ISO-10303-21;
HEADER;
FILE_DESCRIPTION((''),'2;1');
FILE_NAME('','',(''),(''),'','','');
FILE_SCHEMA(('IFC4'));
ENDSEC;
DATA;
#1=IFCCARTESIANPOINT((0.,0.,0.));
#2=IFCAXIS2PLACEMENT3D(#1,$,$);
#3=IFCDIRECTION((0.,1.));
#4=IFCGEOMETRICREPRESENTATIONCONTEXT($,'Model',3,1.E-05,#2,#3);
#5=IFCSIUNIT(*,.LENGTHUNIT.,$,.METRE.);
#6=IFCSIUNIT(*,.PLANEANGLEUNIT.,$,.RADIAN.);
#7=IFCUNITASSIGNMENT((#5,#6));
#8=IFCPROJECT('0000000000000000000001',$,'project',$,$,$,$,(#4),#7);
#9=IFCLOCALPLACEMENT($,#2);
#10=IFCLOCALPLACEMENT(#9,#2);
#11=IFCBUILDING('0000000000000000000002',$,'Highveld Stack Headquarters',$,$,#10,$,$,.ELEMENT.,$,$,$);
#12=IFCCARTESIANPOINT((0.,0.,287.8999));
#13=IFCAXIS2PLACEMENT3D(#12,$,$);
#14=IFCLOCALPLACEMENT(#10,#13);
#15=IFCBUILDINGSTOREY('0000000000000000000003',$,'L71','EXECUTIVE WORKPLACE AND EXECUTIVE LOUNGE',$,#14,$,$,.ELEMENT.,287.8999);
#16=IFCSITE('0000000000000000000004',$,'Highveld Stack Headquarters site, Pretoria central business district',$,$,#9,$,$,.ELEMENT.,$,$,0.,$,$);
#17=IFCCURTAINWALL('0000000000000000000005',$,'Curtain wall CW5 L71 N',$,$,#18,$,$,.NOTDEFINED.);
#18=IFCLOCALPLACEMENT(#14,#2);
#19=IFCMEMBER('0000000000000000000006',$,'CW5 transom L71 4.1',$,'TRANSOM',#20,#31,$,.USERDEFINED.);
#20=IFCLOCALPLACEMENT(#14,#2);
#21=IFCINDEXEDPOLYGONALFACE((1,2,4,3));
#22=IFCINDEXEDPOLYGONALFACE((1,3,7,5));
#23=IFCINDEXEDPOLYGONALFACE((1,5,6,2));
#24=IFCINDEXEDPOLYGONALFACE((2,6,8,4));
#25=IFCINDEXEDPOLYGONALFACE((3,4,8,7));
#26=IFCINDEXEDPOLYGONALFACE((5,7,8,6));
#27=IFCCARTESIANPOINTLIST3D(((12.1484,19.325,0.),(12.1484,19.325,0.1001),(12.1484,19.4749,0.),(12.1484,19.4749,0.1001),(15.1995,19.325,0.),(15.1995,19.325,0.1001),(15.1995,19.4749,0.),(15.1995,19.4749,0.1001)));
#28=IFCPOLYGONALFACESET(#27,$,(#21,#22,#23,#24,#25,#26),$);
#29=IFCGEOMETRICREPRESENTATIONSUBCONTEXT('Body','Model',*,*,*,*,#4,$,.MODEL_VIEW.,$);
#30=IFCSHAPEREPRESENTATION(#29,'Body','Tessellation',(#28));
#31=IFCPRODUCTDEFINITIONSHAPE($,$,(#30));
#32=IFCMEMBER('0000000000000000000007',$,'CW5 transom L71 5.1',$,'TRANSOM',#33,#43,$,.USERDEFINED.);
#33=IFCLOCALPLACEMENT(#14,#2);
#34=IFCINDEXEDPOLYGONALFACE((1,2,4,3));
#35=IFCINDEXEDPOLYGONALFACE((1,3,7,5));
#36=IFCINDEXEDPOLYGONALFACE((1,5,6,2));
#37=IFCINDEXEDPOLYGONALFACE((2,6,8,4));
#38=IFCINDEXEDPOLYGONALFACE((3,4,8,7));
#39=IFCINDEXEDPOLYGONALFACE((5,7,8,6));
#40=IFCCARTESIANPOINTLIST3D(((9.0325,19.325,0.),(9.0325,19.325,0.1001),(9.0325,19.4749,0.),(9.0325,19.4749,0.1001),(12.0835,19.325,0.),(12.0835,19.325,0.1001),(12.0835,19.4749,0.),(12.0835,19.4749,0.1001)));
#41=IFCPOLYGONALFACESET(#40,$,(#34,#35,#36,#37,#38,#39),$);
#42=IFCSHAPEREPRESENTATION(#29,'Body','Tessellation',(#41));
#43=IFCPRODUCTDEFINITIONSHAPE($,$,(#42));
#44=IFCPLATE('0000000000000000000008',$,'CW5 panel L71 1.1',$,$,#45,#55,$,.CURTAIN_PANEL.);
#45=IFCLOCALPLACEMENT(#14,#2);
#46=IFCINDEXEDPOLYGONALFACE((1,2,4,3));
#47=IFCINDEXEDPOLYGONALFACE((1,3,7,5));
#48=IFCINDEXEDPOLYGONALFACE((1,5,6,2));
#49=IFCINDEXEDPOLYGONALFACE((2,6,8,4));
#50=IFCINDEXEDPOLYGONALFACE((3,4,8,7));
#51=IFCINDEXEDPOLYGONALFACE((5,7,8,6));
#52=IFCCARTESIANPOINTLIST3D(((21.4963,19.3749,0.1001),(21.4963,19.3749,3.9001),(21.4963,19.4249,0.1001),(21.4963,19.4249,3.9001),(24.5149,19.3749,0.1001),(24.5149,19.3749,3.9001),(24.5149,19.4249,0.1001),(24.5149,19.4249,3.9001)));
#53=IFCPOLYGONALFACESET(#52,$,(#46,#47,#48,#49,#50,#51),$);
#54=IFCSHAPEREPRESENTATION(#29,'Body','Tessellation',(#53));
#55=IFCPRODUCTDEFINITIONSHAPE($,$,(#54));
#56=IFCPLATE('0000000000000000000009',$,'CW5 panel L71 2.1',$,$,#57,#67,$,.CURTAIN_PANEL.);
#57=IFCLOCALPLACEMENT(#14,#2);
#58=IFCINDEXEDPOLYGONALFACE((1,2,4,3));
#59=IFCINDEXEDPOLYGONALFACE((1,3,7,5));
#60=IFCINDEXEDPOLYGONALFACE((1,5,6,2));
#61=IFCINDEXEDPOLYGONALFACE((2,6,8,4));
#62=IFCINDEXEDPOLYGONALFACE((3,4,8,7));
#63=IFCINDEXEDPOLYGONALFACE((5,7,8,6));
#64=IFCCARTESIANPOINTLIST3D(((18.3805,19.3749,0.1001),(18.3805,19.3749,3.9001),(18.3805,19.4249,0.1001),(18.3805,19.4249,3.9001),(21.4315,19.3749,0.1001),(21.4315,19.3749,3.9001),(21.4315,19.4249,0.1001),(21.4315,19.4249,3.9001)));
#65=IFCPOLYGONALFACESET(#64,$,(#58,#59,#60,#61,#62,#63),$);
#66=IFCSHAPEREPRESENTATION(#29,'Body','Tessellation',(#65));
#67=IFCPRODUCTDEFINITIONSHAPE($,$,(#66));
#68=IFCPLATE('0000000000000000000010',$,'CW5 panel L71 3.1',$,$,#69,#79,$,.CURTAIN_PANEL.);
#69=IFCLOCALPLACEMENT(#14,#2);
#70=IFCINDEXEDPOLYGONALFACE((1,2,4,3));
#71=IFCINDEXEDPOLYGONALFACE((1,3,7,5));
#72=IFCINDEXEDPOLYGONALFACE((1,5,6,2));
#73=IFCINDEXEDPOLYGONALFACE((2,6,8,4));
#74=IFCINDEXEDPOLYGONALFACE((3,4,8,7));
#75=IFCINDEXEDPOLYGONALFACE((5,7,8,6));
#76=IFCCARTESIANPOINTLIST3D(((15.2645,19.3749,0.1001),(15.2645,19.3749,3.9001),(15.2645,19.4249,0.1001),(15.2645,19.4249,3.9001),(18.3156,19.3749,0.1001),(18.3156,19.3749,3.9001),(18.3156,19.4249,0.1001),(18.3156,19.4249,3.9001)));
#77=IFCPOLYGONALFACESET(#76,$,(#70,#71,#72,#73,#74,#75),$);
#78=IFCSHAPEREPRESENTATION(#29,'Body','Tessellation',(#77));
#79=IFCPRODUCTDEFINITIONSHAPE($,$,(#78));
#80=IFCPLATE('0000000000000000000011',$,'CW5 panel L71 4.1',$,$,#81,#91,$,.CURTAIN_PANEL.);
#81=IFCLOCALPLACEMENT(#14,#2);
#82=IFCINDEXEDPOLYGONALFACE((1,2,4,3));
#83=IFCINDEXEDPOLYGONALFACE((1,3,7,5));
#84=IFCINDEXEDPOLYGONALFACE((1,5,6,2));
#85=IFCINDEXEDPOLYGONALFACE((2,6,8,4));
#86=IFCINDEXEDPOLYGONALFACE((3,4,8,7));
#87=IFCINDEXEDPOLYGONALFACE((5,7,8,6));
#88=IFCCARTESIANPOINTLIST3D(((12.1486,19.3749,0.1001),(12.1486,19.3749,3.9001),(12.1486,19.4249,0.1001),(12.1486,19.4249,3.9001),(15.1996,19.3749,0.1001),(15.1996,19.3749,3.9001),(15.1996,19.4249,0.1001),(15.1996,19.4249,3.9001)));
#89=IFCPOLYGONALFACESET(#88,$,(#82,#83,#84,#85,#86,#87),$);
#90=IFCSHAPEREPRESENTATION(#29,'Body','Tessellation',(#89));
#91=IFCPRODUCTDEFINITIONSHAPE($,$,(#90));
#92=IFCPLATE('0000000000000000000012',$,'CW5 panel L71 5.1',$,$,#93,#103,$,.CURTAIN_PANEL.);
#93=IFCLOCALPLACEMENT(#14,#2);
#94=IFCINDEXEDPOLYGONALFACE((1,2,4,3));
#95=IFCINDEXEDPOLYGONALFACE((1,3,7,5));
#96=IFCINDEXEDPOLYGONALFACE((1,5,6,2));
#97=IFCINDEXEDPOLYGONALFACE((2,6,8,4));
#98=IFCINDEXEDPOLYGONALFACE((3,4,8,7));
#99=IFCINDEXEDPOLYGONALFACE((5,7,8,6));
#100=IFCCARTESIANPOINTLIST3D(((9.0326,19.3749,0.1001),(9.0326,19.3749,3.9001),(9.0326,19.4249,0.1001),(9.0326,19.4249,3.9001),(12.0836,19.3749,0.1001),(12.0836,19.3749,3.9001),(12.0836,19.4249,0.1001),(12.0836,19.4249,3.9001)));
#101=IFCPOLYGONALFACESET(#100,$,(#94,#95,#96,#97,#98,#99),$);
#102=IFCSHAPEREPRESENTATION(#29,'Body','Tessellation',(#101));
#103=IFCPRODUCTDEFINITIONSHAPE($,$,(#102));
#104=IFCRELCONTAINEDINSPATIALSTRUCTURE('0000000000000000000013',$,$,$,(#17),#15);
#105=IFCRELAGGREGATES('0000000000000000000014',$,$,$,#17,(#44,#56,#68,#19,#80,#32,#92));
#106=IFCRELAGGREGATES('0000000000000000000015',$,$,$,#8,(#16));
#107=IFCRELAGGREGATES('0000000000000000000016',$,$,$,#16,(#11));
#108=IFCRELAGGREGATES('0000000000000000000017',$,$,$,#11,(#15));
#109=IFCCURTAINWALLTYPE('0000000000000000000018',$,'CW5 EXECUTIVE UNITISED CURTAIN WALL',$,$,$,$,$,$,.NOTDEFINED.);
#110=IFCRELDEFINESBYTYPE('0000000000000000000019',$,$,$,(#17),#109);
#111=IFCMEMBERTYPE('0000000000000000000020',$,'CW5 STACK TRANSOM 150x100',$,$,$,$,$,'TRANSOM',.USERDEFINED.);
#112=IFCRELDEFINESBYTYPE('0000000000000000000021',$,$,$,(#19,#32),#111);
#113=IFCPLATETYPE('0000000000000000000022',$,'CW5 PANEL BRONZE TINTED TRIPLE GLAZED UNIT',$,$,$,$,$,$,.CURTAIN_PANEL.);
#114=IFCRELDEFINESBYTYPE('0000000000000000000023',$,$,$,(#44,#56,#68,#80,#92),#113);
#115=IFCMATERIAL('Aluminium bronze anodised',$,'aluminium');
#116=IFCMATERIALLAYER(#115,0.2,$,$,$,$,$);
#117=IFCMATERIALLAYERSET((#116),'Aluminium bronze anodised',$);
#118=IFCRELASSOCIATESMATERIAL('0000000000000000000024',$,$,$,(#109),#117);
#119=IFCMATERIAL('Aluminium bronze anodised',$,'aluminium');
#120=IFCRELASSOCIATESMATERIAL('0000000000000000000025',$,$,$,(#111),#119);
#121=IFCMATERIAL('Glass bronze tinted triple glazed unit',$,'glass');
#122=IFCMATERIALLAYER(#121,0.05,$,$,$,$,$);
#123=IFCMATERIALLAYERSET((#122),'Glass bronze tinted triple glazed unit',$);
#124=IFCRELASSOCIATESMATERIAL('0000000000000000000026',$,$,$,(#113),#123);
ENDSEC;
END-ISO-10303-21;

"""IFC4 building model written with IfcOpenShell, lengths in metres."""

from ifc_helpers import new_model, si_unit, direction, frame, origin, origin_2d, place, context, subcontext, project, spatial, rectangle, extrude, material, layer, layer_set, material_profile, profile_set, type_object, element, aggregate, save


model = new_model("IFC4")

# Units and contexts
model_context = context("Model", 3, precision=1e-05, world=origin(), true_north=direction((0.0, 1.0)))
body_context = subcontext(model_context, "Body", "Model", "MODEL_VIEW")
ifc_project = project(units=[si_unit("LENGTHUNIT", "METRE"), si_unit("PLANEANGLEUNIT", "RADIAN")], contexts=[model_context])

# Site, building, storey
site_placement = place(None, origin())
site = spatial("IfcSite", under=ifc_project, at=site_placement, Name="Highveld Stack Headquarters site, Pretoria central business district", CompositionType="ELEMENT", RefElevation=0.0)
building_placement = place(site_placement, origin())
building = spatial("IfcBuilding", under=site, at=building_placement, Name="Highveld Stack Headquarters", CompositionType="ELEMENT")
storey_placement = place(building_placement, frame((0.0, 0.0, 287.8999)))
storey = spatial("IfcBuildingStorey", under=building, at=storey_placement, Name="L71", Description="EXECUTIVE WORKPLACE AND EXECUTIVE LOUNGE", CompositionType="ELEMENT", Elevation=287.8999)

# Curtain wall, members, plates
ifc_material_1 = material(Name="Aluminium bronze anodised", Category="aluminium")
ifc_layer_1 = layer(ifc_material_1, 0.2)
ifc_layer_set_1 = layer_set([ifc_layer_1], Name="Aluminium bronze anodised")
curtain_wall_type = type_object("IfcCurtainWallType", Name="CW5 EXECUTIVE UNITISED CURTAIN WALL", PredefinedType="NOTDEFINED", material=ifc_layer_set_1)
curtain_wall_placement = place(storey_placement, origin())
curtain_wall = element("IfcCurtainWall", 1, at=curtain_wall_placement, inside=storey, type_object=curtain_wall_type, Name="Curtain wall CW5 L71 N", PredefinedType="NOTDEFINED")
ifc_material_2 = material(Name="Aluminium bronze anodised", Category="aluminium")
ifc_material_profile_1 = material_profile(ifc_material_2, rectangle(XDim=0.1499, YDim=0.1001, at=origin_2d()), Name="CW5 TRANSOM 150x100")
ifc_profile_set_1 = profile_set([ifc_material_profile_1], Name="Aluminium bronze anodised")
member_type_1 = type_object("IfcMemberType", Name="CW5 STACK TRANSOM 150x100", ElementType="TRANSOM", PredefinedType="USERDEFINED", material=ifc_profile_set_1)
member_1_placement = place(storey_placement, frame((15.1995, 19.3999, 0.05), z_axis=(-1.0, 0.0, 0.0), x_axis=(0.0, -1.0, 0.0)))
member_1 = element("IfcMember", 2, at=member_1_placement, type_object=member_type_1, Name="CW5 transom L71 4.1", ObjectType="TRANSOM", PredefinedType="USERDEFINED", context=body_context, shape_type="SweptSolid", body=[
    extrude(rectangle(XDim=0.1499, YDim=0.1001, at=origin_2d()), origin(), (0.0, 0.0, 1.0), 3.051),
])
member_2_placement = place(storey_placement, frame((12.0835, 19.3999, 0.05), z_axis=(-1.0, 0.0, 0.0), x_axis=(0.0, -1.0, 0.0)))
member_2 = element("IfcMember", 3, at=member_2_placement, type_object=member_type_1, Name="CW5 transom L71 5.1", ObjectType="TRANSOM", PredefinedType="USERDEFINED", context=body_context, shape_type="SweptSolid", body=[
    extrude(rectangle(XDim=0.1499, YDim=0.1001, at=origin_2d()), origin(), (0.0, 0.0, 1.0), 3.051),
])
ifc_material_3 = material(Name="Glass bronze tinted triple glazed unit", Category="glass")
ifc_layer_2 = layer(ifc_material_3, 0.05)
ifc_layer_set_2 = layer_set([ifc_layer_2], Name="Glass bronze tinted triple glazed unit")
plate_type = type_object("IfcPlateType", Name="CW5 PANEL BRONZE TINTED TRIPLE GLAZED UNIT", PredefinedType="CURTAIN_PANEL", material=ifc_layer_set_2)
plate_1_placement = place(storey_placement, frame((23.0056, 19.3999, 0.1001), z_axis=(0.0, 0.0, 1.0), x_axis=(-1.0, 0.0, 0.0)))
plate_1 = element("IfcPlate", 4, at=plate_1_placement, type_object=plate_type, Name="CW5 panel L71 1.1", PredefinedType="CURTAIN_PANEL", context=body_context, shape_type="SweptSolid", body=[
    extrude(rectangle(XDim=3.0186, YDim=0.05, at=origin_2d()), origin(), (0.0, 0.0, 1.0), 3.8),
])
plate_2_placement = place(storey_placement, frame((19.906, 19.3999, 0.1001), z_axis=(0.0, 0.0, 1.0), x_axis=(-1.0, 0.0, 0.0)))
plate_2 = element("IfcPlate", 5, at=plate_2_placement, type_object=plate_type, Name="CW5 panel L71 2.1", PredefinedType="CURTAIN_PANEL", context=body_context, shape_type="SweptSolid", body=[
    extrude(rectangle(XDim=3.051, YDim=0.05, at=origin_2d()), origin(), (0.0, 0.0, 1.0), 3.8),
])
plate_3_placement = place(storey_placement, frame((16.79, 19.3999, 0.1001), z_axis=(0.0, 0.0, 1.0), x_axis=(-1.0, 0.0, 0.0)))
plate_3 = element("IfcPlate", 6, at=plate_3_placement, type_object=plate_type, Name="CW5 panel L71 3.1", PredefinedType="CURTAIN_PANEL", context=body_context, shape_type="SweptSolid", body=[
    extrude(rectangle(XDim=3.051, YDim=0.05, at=origin_2d()), origin(), (0.0, 0.0, 1.0), 3.8),
])
plate_4_placement = place(storey_placement, frame((13.6741, 19.3999, 0.1001), z_axis=(0.0, 0.0, 1.0), x_axis=(-1.0, 0.0, 0.0)))
plate_4 = element("IfcPlate", 7, at=plate_4_placement, type_object=plate_type, Name="CW5 panel L71 4.1", PredefinedType="CURTAIN_PANEL", context=body_context, shape_type="SweptSolid", body=[
    extrude(rectangle(XDim=3.051, YDim=0.05, at=origin_2d()), origin(), (0.0, 0.0, 1.0), 3.8),
])
plate_5_placement = place(storey_placement, frame((10.5581, 19.3999, 0.1001), z_axis=(0.0, 0.0, 1.0), x_axis=(-1.0, 0.0, 0.0)))
plate_5 = element("IfcPlate", 8, at=plate_5_placement, type_object=plate_type, Name="CW5 panel L71 5.1", PredefinedType="CURTAIN_PANEL", context=body_context, shape_type="SweptSolid", body=[
    extrude(rectangle(XDim=3.051, YDim=0.05, at=origin_2d()), origin(), (0.0, 0.0, 1.0), 3.8),
])
aggregate(curtain_wall, [plate_1, plate_2, plate_3, member_1, plate_4, member_2, plate_5])

save(model, "model.ifc")
